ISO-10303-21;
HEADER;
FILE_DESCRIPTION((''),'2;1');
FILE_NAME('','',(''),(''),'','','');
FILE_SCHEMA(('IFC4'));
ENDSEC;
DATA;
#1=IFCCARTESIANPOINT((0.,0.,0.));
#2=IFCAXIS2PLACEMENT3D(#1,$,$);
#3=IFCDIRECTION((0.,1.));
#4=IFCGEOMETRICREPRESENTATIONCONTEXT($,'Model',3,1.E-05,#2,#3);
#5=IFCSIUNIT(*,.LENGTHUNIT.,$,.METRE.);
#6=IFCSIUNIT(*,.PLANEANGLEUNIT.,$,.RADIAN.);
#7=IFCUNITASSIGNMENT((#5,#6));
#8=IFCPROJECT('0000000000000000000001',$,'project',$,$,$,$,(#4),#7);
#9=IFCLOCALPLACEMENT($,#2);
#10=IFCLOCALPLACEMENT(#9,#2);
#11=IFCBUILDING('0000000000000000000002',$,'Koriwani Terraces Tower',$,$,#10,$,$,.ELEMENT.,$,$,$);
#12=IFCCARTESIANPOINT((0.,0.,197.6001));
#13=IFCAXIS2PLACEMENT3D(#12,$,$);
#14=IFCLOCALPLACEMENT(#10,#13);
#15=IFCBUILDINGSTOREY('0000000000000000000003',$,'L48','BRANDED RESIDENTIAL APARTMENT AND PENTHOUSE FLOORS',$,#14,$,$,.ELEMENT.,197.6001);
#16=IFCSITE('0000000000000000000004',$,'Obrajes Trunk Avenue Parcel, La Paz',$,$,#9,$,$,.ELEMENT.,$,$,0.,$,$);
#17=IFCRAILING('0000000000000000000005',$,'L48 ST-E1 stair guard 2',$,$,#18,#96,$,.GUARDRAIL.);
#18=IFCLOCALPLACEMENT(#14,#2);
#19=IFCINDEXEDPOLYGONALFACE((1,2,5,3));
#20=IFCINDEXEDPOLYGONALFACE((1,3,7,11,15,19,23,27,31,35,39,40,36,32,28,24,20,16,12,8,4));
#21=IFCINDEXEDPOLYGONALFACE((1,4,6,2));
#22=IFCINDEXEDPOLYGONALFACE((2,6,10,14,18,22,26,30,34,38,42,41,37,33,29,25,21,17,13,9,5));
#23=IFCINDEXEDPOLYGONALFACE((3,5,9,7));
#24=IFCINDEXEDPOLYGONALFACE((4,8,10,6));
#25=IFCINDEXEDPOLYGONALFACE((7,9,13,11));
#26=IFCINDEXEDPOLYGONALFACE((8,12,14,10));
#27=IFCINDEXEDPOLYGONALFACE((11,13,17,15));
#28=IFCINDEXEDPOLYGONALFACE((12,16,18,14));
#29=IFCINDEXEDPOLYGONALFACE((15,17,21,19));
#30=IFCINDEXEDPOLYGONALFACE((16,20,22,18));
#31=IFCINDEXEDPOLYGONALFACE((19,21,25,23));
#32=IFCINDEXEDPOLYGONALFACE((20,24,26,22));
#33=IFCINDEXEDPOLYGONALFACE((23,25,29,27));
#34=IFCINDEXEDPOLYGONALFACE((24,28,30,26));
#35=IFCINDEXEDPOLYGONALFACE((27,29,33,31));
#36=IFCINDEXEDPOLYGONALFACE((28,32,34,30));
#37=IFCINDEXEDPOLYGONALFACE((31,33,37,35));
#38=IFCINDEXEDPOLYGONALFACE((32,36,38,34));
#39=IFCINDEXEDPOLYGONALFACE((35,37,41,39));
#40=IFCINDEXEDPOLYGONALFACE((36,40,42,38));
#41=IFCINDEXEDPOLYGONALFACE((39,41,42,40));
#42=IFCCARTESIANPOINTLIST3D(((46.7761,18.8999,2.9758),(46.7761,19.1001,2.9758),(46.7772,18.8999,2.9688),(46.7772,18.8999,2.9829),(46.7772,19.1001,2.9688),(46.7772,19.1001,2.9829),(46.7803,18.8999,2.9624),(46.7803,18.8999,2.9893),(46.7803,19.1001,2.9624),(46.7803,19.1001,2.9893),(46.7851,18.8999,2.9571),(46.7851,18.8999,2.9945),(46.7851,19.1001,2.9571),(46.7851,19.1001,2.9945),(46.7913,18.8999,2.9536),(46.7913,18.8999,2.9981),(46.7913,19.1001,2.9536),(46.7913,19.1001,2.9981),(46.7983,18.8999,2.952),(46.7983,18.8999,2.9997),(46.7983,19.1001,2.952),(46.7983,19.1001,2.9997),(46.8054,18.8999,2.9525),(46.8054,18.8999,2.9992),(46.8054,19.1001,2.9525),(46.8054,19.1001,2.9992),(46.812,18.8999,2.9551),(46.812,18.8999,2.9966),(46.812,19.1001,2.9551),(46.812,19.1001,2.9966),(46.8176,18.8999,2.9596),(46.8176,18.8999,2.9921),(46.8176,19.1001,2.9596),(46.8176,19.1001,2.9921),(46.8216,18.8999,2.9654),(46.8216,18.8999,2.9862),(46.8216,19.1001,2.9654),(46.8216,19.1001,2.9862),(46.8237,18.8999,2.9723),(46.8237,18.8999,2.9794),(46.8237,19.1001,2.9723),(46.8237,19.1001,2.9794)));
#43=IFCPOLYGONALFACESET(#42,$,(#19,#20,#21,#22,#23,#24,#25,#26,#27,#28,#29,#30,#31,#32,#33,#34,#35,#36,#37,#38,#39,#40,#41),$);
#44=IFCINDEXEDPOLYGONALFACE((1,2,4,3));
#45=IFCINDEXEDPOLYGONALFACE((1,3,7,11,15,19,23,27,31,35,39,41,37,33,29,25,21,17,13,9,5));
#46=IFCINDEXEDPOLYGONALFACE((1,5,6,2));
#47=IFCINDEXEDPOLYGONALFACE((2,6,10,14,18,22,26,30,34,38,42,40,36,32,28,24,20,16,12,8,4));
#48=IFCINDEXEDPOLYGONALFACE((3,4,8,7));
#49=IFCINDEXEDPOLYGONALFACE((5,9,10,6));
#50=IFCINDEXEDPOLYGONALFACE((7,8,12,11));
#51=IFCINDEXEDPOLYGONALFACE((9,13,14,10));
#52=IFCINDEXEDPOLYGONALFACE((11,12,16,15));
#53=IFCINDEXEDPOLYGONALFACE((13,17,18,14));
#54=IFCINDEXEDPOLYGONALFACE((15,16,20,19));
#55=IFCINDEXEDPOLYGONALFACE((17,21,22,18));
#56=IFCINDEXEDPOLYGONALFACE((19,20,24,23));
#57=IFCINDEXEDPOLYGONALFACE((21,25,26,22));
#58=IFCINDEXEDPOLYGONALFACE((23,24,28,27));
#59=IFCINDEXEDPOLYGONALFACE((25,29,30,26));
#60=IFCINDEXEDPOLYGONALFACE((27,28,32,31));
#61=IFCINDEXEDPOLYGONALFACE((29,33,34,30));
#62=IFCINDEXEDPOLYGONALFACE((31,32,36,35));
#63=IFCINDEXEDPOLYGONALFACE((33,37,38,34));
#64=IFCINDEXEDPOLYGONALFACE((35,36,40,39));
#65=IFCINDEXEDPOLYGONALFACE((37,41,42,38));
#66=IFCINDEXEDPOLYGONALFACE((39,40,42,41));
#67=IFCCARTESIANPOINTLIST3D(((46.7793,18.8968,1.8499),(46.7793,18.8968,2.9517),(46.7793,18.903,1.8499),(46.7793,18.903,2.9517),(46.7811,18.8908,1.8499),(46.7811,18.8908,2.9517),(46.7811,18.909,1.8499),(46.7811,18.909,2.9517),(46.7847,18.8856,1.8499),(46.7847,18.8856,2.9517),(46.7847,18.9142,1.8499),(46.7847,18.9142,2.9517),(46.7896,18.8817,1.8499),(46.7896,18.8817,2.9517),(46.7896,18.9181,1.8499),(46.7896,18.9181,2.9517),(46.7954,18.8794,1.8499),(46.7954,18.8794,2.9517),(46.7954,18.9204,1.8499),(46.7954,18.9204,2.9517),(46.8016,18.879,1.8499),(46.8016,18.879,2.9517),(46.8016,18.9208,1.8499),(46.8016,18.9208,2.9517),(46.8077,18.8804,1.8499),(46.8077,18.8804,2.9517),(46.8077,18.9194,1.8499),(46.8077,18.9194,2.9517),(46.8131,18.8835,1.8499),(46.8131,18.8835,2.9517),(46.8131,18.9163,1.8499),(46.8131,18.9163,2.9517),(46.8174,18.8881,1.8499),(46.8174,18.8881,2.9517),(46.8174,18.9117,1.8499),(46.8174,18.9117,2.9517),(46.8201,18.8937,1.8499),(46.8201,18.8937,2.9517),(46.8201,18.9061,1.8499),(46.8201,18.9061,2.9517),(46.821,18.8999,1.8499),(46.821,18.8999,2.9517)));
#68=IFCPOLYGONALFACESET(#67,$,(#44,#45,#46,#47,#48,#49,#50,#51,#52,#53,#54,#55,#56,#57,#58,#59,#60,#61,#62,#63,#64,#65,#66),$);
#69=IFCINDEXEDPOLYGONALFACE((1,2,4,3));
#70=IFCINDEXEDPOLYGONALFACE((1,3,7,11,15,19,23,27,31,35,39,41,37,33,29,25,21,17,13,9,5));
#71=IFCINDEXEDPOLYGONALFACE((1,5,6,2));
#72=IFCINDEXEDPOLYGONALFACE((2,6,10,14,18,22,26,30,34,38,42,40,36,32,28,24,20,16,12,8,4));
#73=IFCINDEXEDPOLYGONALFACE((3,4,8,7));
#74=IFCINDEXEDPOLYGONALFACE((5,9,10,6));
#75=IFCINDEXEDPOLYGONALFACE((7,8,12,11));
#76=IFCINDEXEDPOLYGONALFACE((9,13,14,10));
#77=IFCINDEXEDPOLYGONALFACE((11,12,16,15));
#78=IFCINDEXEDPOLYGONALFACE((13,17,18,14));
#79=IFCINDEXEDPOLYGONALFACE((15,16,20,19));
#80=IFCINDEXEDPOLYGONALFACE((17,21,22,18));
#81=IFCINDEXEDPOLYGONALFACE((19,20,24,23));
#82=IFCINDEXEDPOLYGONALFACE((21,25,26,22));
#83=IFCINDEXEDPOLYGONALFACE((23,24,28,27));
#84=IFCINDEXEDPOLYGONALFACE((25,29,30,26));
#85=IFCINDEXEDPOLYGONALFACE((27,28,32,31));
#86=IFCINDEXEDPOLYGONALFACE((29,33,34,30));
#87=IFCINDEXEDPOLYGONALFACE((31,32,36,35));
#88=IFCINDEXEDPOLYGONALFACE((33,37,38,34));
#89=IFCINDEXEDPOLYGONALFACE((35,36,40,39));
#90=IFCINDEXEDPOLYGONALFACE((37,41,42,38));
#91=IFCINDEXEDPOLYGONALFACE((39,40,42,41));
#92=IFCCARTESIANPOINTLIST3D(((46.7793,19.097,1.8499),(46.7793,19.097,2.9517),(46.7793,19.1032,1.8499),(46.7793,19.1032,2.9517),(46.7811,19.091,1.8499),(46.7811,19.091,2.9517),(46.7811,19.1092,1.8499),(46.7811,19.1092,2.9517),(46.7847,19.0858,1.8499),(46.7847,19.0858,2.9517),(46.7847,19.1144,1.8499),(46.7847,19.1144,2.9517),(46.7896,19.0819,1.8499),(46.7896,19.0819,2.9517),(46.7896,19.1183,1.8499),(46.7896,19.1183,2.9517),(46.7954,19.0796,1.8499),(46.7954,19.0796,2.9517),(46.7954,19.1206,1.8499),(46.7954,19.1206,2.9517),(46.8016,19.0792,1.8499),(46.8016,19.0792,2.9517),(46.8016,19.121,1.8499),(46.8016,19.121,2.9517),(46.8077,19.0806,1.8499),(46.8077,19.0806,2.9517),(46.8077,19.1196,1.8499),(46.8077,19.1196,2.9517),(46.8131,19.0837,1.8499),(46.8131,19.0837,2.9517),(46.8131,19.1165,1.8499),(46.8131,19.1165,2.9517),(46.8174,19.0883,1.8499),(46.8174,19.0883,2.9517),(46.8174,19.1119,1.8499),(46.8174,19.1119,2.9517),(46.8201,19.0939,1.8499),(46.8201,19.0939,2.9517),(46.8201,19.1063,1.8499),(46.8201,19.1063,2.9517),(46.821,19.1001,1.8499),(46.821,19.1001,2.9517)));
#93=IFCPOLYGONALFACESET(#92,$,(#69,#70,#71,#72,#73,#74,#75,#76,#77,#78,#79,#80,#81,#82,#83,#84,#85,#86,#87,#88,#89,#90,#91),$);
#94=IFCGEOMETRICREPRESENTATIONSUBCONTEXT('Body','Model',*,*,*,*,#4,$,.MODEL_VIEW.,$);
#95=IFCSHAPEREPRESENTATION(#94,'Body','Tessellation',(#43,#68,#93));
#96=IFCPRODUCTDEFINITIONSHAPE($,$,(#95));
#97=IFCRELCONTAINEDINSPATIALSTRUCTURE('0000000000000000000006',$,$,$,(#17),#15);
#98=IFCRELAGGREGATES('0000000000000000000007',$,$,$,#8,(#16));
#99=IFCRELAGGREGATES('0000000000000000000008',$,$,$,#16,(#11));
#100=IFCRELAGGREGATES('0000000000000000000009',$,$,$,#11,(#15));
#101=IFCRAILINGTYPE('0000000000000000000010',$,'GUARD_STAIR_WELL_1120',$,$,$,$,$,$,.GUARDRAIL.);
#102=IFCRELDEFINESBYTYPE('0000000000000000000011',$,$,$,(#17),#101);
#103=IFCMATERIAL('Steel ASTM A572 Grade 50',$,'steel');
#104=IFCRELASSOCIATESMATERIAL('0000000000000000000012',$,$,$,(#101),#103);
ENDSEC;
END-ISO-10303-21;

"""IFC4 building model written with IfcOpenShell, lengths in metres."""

from ifc_helpers import new_model, si_unit, direction, frame, origin, origin_2d, place, context, subcontext, project, spatial, circle, extrude, material, type_object, element, save


model = new_model("IFC4")

# Units and contexts
model_context = context("Model", 3, precision=1e-05, world=origin(), true_north=direction((0.0, 1.0)))
body_context = subcontext(model_context, "Body", "Model", "MODEL_VIEW")
ifc_project = project(units=[si_unit("LENGTHUNIT", "METRE"), si_unit("PLANEANGLEUNIT", "RADIAN")], contexts=[model_context])

# Site, building, storey
site_placement = place(None, origin())
site = spatial("IfcSite", under=ifc_project, at=site_placement, Name="Obrajes Trunk Avenue Parcel, La Paz", CompositionType="ELEMENT", RefElevation=0.0)
building_placement = place(site_placement, origin())
building = spatial("IfcBuilding", under=site, at=building_placement, Name="Koriwani Terraces Tower", CompositionType="ELEMENT")
storey_placement = place(building_placement, frame((0.0, 0.0, 197.6001)))
storey = spatial("IfcBuildingStorey", under=building, at=storey_placement, Name="L48", Description="BRANDED RESIDENTIAL APARTMENT AND PENTHOUSE FLOORS", CompositionType="ELEMENT", Elevation=197.6001)

# Shared definitions
ifc_material_1 = material(Name="Steel ASTM A572 Grade 50", Category="steel")

# Railing
railing_type_1 = type_object("IfcRailingType", Name="GUARD_STAIR_WELL_1120", PredefinedType="GUARDRAIL", material=ifc_material_1)
railing_1_placement = place(storey_placement, frame((46.8, 18.8999, 1.8499)))
element("IfcRailing", 1, at=railing_1_placement, inside=storey, type_object=railing_type_1, Name="L48 ST-E1 stair guard 2", PredefinedType="GUARDRAIL", context=body_context, shape_type="SweptSolid", body=[
    extrude(circle(Radius=0.0239, at=origin_2d()), frame((0.0, 0.0, 1.126), z_axis=(0.0, 1.0, 0.0), x_axis=(-1.0, 0.0, 0.0)), (0.0, 0.0, 1.0), 0.2002),
    extrude(circle(Radius=0.021, at=origin_2d()), origin(), (0.0, 0.0, 1.0), 1.1018),
    extrude(circle(Radius=0.021, at=origin_2d()), frame((0.0, 0.2002, 0.0)), (0.0, 0.0, 1.0), 1.1018),
])

save(model, "model.ifc")
